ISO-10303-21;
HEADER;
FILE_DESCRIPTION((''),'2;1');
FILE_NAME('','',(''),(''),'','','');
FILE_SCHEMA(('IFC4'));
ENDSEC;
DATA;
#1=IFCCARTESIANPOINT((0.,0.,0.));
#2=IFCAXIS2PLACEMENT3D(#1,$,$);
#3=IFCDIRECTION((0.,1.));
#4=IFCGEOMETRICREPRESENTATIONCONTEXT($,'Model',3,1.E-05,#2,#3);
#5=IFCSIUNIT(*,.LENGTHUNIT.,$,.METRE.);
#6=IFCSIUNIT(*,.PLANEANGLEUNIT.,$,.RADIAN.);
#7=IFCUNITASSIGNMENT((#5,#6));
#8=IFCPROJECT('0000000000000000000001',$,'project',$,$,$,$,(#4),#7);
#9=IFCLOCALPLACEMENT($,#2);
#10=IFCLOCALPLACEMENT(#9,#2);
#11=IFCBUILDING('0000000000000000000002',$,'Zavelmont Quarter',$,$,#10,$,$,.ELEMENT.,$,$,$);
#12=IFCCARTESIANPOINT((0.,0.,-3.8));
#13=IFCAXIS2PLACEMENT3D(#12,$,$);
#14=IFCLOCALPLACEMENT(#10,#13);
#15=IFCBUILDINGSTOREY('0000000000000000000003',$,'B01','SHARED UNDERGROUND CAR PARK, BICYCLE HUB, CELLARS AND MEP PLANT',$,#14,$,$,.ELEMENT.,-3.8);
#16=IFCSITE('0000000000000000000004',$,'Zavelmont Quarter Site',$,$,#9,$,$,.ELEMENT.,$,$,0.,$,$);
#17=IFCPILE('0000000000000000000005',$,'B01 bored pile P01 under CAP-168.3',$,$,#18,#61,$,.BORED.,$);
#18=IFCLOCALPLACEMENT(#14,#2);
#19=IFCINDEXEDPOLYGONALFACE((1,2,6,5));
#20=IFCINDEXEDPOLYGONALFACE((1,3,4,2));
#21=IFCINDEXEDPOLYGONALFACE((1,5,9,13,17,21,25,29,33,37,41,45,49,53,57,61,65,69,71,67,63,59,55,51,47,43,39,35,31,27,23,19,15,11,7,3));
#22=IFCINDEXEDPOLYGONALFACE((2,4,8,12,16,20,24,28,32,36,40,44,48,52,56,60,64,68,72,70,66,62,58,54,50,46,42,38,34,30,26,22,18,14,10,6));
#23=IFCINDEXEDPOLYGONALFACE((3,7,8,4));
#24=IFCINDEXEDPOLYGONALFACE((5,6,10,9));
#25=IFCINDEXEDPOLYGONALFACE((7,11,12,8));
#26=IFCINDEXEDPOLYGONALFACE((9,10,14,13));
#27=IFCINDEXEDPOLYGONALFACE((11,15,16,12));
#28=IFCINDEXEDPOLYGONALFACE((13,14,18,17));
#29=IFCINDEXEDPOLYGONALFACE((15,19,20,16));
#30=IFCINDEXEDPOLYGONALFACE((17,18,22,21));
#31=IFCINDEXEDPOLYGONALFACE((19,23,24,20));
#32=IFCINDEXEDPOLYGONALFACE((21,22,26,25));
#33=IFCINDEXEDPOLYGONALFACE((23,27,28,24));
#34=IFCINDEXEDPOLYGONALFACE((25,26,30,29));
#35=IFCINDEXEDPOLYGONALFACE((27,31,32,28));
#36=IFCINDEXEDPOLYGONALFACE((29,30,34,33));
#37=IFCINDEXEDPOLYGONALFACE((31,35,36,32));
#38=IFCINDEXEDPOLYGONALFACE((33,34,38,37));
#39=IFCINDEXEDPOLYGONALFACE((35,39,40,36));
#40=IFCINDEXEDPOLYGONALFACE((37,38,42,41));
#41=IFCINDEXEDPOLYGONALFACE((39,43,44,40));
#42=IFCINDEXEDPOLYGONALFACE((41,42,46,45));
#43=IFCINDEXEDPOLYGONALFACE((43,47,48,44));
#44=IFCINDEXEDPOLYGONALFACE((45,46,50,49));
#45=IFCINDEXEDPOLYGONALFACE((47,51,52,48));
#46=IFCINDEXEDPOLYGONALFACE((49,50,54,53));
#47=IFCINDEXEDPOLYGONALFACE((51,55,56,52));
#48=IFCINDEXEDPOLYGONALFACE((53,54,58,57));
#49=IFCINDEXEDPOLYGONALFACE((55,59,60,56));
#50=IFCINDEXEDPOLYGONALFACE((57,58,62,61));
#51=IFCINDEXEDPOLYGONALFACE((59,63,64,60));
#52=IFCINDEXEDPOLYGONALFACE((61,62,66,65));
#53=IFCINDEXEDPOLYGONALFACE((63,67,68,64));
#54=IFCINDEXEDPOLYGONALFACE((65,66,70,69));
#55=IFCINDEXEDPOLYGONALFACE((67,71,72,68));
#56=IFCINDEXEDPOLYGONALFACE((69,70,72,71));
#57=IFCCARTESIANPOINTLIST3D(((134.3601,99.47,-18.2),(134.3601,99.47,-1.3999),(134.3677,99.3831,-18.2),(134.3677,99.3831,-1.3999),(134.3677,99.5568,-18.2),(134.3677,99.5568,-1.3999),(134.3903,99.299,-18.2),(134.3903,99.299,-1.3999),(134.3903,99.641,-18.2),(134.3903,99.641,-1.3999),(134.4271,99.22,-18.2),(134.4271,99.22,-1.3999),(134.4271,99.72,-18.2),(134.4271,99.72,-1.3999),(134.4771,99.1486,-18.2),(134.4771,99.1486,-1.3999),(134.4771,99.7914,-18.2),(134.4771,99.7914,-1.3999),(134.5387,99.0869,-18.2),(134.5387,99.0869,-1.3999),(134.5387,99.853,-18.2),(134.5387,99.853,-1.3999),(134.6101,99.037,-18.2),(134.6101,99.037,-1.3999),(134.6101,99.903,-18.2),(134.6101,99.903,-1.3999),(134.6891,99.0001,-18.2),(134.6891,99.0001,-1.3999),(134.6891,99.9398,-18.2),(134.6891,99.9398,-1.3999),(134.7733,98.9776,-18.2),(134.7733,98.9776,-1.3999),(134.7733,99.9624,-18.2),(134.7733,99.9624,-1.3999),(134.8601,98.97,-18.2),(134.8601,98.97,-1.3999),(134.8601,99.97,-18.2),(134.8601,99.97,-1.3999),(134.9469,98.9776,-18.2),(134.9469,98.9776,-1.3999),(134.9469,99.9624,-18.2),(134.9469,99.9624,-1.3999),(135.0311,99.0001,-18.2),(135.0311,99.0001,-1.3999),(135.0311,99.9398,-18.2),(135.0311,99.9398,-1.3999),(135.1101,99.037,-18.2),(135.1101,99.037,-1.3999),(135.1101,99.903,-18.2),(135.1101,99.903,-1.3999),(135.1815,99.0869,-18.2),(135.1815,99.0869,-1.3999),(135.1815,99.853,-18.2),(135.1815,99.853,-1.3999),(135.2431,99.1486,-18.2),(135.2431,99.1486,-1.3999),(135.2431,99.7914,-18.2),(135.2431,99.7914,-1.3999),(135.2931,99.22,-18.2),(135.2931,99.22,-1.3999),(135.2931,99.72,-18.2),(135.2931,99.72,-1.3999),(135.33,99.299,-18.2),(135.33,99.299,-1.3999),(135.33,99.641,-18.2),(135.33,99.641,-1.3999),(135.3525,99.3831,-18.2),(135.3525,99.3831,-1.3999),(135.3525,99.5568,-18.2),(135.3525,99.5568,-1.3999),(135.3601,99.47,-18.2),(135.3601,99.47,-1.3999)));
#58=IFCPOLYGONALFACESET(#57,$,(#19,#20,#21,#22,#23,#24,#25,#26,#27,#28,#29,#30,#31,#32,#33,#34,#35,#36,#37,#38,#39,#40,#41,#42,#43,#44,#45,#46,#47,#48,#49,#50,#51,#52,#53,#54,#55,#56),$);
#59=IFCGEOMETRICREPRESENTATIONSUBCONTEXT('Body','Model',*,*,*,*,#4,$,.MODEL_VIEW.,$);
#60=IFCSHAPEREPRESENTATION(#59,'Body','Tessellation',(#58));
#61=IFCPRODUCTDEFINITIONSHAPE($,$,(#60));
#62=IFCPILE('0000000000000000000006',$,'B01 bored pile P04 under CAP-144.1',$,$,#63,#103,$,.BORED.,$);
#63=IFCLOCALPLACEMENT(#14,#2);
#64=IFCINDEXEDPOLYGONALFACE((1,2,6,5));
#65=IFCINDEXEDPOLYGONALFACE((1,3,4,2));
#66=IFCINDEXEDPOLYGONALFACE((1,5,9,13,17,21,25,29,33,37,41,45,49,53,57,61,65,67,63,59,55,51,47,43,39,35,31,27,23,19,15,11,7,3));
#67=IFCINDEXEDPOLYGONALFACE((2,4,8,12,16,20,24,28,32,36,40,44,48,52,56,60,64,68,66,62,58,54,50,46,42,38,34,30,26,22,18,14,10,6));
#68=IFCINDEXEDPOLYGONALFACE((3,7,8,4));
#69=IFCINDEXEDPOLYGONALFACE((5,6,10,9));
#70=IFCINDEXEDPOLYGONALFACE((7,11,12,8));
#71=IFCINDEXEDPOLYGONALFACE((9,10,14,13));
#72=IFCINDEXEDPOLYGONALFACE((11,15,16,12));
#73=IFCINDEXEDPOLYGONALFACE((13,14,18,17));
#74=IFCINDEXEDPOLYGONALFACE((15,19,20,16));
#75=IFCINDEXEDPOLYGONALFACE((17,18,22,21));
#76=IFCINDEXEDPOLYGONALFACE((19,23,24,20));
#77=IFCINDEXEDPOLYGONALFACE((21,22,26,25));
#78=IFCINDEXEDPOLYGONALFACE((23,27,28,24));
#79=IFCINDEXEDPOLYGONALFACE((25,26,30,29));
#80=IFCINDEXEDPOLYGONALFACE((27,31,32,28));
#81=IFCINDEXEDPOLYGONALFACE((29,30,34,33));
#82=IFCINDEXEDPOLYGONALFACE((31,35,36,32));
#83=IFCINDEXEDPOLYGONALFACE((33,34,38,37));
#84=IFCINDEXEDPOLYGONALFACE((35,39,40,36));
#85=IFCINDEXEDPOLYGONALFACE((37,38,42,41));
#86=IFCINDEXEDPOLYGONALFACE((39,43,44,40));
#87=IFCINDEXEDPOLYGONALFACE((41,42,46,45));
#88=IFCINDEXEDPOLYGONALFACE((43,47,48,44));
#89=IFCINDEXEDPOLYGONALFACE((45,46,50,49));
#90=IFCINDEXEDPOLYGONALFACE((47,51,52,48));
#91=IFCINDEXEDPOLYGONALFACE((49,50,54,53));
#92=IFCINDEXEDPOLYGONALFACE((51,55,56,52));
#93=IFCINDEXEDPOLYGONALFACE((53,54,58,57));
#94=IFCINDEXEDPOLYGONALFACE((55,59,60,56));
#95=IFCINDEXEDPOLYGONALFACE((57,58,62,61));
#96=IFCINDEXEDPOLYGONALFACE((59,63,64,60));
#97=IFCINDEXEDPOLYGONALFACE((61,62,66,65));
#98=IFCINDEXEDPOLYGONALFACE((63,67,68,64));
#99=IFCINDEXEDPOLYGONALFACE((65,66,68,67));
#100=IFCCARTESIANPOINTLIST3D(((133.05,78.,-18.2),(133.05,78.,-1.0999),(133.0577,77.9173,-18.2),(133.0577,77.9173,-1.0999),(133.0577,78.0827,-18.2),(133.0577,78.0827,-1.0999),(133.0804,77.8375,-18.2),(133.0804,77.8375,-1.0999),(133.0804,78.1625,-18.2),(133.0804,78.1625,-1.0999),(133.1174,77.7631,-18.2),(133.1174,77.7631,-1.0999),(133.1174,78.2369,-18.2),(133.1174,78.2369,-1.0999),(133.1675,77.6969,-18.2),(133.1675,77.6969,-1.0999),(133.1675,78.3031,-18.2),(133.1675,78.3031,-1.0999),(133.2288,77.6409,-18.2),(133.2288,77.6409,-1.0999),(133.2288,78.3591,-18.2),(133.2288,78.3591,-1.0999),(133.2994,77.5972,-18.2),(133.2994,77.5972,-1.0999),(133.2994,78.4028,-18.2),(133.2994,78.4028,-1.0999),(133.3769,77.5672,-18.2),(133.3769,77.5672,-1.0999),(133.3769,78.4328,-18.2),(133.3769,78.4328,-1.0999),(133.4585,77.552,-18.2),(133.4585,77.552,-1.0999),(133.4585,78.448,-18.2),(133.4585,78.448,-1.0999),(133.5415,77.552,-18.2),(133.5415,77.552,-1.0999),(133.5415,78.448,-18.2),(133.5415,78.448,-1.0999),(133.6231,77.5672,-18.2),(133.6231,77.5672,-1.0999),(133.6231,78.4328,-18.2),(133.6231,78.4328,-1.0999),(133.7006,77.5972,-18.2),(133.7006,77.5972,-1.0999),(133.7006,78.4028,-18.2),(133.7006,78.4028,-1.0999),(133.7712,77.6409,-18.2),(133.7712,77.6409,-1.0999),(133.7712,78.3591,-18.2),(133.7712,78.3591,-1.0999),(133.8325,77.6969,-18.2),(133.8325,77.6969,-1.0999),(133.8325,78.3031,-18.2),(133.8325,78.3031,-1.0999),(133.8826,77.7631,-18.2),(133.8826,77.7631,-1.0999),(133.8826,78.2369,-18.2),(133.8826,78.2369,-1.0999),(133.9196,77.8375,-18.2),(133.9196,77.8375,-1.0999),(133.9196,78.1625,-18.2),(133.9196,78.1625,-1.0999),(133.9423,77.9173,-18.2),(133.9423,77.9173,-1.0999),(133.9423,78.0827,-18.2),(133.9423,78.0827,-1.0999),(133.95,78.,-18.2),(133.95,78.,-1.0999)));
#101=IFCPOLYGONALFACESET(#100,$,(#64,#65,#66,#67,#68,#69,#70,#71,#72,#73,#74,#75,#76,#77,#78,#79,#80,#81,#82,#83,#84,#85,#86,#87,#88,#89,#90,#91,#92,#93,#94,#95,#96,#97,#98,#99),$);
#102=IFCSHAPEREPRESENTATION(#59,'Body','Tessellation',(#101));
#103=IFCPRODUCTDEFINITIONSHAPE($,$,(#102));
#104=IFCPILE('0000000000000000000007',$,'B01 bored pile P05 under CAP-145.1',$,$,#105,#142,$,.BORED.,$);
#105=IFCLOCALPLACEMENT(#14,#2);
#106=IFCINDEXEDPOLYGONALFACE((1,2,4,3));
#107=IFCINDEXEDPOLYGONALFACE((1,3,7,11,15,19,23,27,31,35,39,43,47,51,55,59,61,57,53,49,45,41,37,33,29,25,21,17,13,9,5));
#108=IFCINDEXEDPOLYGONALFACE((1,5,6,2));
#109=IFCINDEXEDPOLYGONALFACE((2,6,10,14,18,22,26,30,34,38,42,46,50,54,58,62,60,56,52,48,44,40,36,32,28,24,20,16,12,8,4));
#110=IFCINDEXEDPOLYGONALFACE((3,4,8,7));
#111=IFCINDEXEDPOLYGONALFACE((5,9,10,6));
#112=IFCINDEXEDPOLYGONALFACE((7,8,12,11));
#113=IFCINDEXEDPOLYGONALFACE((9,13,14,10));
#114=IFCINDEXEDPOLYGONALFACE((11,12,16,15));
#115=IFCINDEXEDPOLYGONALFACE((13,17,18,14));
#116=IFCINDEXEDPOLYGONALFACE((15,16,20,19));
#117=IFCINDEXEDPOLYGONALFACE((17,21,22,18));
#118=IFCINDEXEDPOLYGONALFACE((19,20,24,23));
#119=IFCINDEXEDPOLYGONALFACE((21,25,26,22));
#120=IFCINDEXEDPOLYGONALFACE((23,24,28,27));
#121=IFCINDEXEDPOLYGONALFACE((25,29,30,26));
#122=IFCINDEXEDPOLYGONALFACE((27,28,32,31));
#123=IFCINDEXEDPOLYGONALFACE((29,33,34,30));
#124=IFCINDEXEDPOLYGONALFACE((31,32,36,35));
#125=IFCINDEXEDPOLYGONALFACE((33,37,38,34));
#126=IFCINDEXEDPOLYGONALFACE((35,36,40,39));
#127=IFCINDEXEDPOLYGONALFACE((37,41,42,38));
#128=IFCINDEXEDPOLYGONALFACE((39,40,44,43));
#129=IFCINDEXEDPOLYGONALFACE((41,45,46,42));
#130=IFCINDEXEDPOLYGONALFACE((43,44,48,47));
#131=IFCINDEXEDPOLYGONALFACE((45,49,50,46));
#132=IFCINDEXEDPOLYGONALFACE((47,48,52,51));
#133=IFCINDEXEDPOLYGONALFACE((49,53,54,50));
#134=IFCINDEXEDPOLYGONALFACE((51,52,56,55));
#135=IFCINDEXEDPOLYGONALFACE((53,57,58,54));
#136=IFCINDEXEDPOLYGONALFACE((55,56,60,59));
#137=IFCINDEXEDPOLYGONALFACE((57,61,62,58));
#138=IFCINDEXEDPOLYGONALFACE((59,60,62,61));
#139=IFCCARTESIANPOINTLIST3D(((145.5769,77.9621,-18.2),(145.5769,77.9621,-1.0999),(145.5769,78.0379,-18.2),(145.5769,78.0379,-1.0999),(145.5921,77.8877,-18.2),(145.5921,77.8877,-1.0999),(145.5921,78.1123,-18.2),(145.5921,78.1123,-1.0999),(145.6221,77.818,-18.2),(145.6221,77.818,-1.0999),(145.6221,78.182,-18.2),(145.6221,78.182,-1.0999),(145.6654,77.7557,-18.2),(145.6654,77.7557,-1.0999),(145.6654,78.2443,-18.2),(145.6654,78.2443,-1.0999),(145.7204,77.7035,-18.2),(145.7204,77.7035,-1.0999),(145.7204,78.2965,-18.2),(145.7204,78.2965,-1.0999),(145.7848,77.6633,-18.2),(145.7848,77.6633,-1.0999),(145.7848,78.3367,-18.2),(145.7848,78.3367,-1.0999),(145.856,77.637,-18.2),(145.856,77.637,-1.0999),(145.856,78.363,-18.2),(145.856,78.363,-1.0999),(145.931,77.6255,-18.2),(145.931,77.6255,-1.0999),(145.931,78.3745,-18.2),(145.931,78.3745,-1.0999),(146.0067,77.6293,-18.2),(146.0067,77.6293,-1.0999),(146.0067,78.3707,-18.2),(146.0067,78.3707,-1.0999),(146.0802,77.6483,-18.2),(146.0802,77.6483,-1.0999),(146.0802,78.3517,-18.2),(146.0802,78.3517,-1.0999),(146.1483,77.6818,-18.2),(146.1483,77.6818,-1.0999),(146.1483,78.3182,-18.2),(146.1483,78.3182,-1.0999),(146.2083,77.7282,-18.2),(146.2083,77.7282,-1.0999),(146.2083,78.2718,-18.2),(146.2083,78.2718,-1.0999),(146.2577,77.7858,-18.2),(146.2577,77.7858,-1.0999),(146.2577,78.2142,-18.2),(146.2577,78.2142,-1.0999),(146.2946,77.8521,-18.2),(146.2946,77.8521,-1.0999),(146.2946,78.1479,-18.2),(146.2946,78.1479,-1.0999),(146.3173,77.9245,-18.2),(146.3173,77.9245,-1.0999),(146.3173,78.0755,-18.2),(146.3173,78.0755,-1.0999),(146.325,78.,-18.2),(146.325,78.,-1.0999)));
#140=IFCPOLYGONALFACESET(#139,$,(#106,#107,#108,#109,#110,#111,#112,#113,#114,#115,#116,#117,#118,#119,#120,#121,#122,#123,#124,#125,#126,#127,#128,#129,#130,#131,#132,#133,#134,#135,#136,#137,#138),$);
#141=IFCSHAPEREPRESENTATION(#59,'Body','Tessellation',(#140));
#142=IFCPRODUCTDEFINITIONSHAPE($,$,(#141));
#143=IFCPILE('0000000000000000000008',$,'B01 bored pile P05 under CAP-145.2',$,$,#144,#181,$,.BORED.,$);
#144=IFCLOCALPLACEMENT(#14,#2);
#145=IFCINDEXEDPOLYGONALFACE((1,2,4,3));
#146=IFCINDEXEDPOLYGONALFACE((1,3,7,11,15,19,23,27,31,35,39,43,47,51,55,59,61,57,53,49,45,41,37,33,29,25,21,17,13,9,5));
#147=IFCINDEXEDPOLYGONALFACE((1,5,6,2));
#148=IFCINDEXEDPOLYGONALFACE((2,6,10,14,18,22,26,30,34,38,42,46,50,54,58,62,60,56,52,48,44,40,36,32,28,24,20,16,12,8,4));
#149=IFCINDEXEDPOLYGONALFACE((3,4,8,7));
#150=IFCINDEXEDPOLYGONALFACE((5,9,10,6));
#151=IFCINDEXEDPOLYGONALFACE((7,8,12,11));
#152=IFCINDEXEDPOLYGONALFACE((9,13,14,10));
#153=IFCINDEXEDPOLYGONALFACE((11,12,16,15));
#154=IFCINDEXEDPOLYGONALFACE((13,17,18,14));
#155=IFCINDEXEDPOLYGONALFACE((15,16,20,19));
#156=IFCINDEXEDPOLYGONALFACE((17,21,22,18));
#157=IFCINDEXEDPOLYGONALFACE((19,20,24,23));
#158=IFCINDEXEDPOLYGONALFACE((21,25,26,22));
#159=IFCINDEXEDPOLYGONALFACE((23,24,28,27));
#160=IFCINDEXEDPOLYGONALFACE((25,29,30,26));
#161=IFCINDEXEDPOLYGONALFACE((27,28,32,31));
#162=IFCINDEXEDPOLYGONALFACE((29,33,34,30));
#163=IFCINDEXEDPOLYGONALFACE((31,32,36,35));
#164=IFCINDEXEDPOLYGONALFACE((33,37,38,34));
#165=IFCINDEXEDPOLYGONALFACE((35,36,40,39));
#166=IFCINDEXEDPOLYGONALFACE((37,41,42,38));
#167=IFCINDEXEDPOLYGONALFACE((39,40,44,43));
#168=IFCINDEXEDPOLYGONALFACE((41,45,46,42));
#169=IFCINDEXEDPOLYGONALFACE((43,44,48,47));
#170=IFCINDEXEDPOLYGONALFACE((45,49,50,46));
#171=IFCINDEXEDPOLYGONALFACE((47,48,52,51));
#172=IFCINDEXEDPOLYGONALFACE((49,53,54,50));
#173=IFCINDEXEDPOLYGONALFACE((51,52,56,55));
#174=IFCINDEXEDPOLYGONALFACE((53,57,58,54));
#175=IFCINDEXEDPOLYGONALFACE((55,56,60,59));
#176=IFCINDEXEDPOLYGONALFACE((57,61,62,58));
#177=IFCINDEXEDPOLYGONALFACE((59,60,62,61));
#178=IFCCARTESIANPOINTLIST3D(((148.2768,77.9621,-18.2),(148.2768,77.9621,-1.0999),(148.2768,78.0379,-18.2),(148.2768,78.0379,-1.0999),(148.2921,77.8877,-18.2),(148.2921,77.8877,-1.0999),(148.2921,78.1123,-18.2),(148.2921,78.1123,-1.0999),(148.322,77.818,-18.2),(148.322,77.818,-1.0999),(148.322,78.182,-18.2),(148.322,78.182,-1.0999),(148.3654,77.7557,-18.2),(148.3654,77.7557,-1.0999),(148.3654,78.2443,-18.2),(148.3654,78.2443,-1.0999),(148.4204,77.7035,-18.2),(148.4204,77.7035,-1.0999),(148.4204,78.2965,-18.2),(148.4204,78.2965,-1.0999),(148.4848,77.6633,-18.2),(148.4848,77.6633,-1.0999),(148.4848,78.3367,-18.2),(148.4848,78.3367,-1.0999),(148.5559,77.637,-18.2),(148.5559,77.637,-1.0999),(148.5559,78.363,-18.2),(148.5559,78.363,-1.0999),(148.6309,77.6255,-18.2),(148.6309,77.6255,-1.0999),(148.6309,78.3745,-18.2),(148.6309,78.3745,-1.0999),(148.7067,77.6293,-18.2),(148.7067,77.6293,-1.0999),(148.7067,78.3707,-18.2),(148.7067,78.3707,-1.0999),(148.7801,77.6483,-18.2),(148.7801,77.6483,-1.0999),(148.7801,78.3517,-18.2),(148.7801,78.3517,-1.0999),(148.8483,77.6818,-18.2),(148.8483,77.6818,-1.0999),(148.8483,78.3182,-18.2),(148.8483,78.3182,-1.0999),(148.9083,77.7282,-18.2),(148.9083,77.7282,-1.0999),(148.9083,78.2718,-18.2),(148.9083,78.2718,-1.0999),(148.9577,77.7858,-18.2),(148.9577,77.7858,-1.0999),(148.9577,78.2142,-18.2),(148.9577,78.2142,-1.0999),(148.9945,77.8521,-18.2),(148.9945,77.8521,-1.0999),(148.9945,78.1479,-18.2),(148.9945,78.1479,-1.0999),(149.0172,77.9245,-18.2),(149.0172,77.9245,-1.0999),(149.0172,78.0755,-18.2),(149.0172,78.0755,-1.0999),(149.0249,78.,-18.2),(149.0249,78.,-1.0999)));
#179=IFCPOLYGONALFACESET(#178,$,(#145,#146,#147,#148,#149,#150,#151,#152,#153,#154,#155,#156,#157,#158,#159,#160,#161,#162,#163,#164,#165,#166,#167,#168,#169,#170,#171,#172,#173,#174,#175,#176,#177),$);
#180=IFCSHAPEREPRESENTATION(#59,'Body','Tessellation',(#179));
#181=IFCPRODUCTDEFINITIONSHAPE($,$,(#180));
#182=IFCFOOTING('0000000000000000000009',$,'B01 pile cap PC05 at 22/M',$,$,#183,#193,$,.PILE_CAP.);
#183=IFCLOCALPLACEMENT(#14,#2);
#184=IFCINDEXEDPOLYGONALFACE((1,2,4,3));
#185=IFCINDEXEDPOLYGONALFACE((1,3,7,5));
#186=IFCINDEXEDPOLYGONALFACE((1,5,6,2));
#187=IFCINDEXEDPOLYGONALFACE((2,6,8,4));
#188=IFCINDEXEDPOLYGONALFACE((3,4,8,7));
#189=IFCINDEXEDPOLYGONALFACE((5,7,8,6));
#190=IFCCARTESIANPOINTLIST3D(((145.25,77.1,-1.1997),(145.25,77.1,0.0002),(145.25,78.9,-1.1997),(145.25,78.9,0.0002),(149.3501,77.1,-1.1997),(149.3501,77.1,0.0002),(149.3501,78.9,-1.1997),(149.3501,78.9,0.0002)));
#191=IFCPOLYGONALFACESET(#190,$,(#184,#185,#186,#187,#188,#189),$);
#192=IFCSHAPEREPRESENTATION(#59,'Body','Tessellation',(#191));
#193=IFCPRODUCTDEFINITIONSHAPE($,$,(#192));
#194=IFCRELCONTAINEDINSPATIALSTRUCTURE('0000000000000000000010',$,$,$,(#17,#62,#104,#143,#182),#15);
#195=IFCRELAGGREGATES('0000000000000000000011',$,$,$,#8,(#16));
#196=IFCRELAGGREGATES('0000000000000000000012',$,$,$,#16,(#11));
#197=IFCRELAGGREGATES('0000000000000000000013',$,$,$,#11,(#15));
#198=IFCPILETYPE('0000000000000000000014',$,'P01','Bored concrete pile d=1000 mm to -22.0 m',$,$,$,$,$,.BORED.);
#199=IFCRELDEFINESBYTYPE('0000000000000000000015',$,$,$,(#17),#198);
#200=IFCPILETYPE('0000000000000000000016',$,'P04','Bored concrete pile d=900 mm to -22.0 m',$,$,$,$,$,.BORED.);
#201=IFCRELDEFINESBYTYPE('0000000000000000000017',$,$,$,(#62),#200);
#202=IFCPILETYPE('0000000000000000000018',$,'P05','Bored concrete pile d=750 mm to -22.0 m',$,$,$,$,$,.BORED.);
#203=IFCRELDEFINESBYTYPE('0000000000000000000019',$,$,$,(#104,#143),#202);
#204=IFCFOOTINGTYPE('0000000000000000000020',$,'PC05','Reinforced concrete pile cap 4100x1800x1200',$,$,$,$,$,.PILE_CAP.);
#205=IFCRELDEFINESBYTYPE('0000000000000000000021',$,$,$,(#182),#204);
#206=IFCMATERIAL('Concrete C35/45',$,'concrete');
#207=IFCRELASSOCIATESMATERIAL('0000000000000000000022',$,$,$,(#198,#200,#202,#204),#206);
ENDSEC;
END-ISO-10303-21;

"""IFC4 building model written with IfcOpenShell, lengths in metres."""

from ifc_helpers import new_model, si_unit, direction, frame, origin, origin_2d, place, context, subcontext, project, spatial, rectangle, circle, extrude, material, material_profile, profile_set, type_object, element, save


model = new_model("IFC4")

# Units and contexts
model_context = context("Model", 3, precision=1e-05, world=origin(), true_north=direction((0.0, 1.0)))
body_context = subcontext(model_context, "Body", "Model", "MODEL_VIEW")
ifc_project = project(units=[si_unit("LENGTHUNIT", "METRE"), si_unit("PLANEANGLEUNIT", "RADIAN")], contexts=[model_context])

# Site, building, storey
site_placement = place(None, origin())
site = spatial("IfcSite", under=ifc_project, at=site_placement, Name="Zavelmont Quarter Site", CompositionType="ELEMENT", RefElevation=0.0)
building_placement = place(site_placement, origin())
building = spatial("IfcBuilding", under=site, at=building_placement, Name="Zavelmont Quarter", CompositionType="ELEMENT")
storey_placement = place(building_placement, frame((0.0, 0.0, -3.8)))
storey = spatial("IfcBuildingStorey", under=building, at=storey_placement, Name="B01", Description="SHARED UNDERGROUND CAR PARK, BICYCLE HUB, CELLARS AND MEP PLANT", CompositionType="ELEMENT", Elevation=-3.8)

# Shared definitions
ifc_material_1 = material(Name="Concrete C35/45", Category="concrete")

# Piles
ifc_material_profile_1 = material_profile(ifc_material_1, circle(Radius=0.5, at=origin_2d()), Name="BP1000")
ifc_profile_set_1 = profile_set([ifc_material_profile_1], Name="Concrete C35/45")
pile_type_1 = type_object("IfcPileType", Name="P01", Description="Bored concrete pile d=1000 mm to -22.0 m", PredefinedType="BORED", material=ifc_profile_set_1)
for number, where, z_axis, x_axis, name in (
    (1, (134.8601, 99.47, -1.3999), (0.0, 0.0, -1.0), (1.0, 0.0, 0.0), "B01 bored pile P01 under CAP-168.3"),
):
    element("IfcPile", number, at=place(storey_placement, frame(where, z_axis=z_axis, x_axis=x_axis)), inside=storey, type_object=pile_type_1, Name=name, PredefinedType="BORED", context=body_context, shape_type="SweptSolid", body=[
        extrude(circle(Radius=0.5, at=origin_2d()), origin(), (0.0, 0.0, 1.0), 16.8),
    ])
ifc_material_profile_2 = material_profile(ifc_material_1, circle(Radius=0.45, at=origin_2d()), Name="BP900")
ifc_profile_set_2 = profile_set([ifc_material_profile_2], Name="Concrete C35/45")
pile_type_2 = type_object("IfcPileType", Name="P04", Description="Bored concrete pile d=900 mm to -22.0 m", PredefinedType="BORED", material=ifc_profile_set_2)
pile_placement = place(storey_placement, frame((133.5, 78.0, -1.0999), z_axis=(0.0, 0.0, -1.0), x_axis=(1.0, 0.0, 0.0)))
element("IfcPile", 2, at=pile_placement, inside=storey, type_object=pile_type_2, Name="B01 bored pile P04 under CAP-144.1", PredefinedType="BORED", context=body_context, shape_type="SweptSolid", body=[
    extrude(circle(Radius=0.45, at=origin_2d()), origin(), (0.0, 0.0, 1.0), 17.1001),
])
ifc_material_profile_3 = material_profile(ifc_material_1, circle(Radius=0.375, at=origin_2d()), Name="BP750")
ifc_profile_set_3 = profile_set([ifc_material_profile_3], Name="Concrete C35/45")
pile_type_3 = type_object("IfcPileType", Name="P05", Description="Bored concrete pile d=750 mm to -22.0 m", PredefinedType="BORED", material=ifc_profile_set_3)
for number, where, z_axis, x_axis, name in (
    (3, (145.95, 78.0, -1.0999), (0.0, 0.0, -1.0), (1.0, 0.0, 0.0), "B01 bored pile P05 under CAP-145.1"),
    (4, (148.6499, 78.0, -1.0999), (0.0, 0.0, -1.0), (1.0, 0.0, 0.0), "B01 bored pile P05 under CAP-145.2"),
):
    element("IfcPile", number, at=place(storey_placement, frame(where, z_axis=z_axis, x_axis=x_axis)), inside=storey, type_object=pile_type_3, Name=name, PredefinedType="BORED", context=body_context, shape_type="SweptSolid", body=[
        extrude(circle(Radius=0.375, at=origin_2d()), origin(), (0.0, 0.0, 1.0), 17.1001),
    ])

# Footing
footing_type_1 = type_object("IfcFootingType", Name="PC05", Description="Reinforced concrete pile cap 4100x1800x1200", PredefinedType="PILE_CAP", material=ifc_material_1)
footing_1_placement = place(storey_placement, frame((147.3, 78.0, -1.1997), z_axis=(0.0, 0.0, 1.0), x_axis=(1.0, 0.0, 0.0)))
element("IfcFooting", 5, at=footing_1_placement, inside=storey, type_object=footing_type_1, Name="B01 pile cap PC05 at 22/M", PredefinedType="PILE_CAP", context=body_context, shape_type="SweptSolid", body=[
    extrude(rectangle(XDim=4.1001, YDim=1.8, at=origin_2d()), origin(), (0.0, 0.0, 1.0), 1.2),
])

save(model, "model.ifc")
